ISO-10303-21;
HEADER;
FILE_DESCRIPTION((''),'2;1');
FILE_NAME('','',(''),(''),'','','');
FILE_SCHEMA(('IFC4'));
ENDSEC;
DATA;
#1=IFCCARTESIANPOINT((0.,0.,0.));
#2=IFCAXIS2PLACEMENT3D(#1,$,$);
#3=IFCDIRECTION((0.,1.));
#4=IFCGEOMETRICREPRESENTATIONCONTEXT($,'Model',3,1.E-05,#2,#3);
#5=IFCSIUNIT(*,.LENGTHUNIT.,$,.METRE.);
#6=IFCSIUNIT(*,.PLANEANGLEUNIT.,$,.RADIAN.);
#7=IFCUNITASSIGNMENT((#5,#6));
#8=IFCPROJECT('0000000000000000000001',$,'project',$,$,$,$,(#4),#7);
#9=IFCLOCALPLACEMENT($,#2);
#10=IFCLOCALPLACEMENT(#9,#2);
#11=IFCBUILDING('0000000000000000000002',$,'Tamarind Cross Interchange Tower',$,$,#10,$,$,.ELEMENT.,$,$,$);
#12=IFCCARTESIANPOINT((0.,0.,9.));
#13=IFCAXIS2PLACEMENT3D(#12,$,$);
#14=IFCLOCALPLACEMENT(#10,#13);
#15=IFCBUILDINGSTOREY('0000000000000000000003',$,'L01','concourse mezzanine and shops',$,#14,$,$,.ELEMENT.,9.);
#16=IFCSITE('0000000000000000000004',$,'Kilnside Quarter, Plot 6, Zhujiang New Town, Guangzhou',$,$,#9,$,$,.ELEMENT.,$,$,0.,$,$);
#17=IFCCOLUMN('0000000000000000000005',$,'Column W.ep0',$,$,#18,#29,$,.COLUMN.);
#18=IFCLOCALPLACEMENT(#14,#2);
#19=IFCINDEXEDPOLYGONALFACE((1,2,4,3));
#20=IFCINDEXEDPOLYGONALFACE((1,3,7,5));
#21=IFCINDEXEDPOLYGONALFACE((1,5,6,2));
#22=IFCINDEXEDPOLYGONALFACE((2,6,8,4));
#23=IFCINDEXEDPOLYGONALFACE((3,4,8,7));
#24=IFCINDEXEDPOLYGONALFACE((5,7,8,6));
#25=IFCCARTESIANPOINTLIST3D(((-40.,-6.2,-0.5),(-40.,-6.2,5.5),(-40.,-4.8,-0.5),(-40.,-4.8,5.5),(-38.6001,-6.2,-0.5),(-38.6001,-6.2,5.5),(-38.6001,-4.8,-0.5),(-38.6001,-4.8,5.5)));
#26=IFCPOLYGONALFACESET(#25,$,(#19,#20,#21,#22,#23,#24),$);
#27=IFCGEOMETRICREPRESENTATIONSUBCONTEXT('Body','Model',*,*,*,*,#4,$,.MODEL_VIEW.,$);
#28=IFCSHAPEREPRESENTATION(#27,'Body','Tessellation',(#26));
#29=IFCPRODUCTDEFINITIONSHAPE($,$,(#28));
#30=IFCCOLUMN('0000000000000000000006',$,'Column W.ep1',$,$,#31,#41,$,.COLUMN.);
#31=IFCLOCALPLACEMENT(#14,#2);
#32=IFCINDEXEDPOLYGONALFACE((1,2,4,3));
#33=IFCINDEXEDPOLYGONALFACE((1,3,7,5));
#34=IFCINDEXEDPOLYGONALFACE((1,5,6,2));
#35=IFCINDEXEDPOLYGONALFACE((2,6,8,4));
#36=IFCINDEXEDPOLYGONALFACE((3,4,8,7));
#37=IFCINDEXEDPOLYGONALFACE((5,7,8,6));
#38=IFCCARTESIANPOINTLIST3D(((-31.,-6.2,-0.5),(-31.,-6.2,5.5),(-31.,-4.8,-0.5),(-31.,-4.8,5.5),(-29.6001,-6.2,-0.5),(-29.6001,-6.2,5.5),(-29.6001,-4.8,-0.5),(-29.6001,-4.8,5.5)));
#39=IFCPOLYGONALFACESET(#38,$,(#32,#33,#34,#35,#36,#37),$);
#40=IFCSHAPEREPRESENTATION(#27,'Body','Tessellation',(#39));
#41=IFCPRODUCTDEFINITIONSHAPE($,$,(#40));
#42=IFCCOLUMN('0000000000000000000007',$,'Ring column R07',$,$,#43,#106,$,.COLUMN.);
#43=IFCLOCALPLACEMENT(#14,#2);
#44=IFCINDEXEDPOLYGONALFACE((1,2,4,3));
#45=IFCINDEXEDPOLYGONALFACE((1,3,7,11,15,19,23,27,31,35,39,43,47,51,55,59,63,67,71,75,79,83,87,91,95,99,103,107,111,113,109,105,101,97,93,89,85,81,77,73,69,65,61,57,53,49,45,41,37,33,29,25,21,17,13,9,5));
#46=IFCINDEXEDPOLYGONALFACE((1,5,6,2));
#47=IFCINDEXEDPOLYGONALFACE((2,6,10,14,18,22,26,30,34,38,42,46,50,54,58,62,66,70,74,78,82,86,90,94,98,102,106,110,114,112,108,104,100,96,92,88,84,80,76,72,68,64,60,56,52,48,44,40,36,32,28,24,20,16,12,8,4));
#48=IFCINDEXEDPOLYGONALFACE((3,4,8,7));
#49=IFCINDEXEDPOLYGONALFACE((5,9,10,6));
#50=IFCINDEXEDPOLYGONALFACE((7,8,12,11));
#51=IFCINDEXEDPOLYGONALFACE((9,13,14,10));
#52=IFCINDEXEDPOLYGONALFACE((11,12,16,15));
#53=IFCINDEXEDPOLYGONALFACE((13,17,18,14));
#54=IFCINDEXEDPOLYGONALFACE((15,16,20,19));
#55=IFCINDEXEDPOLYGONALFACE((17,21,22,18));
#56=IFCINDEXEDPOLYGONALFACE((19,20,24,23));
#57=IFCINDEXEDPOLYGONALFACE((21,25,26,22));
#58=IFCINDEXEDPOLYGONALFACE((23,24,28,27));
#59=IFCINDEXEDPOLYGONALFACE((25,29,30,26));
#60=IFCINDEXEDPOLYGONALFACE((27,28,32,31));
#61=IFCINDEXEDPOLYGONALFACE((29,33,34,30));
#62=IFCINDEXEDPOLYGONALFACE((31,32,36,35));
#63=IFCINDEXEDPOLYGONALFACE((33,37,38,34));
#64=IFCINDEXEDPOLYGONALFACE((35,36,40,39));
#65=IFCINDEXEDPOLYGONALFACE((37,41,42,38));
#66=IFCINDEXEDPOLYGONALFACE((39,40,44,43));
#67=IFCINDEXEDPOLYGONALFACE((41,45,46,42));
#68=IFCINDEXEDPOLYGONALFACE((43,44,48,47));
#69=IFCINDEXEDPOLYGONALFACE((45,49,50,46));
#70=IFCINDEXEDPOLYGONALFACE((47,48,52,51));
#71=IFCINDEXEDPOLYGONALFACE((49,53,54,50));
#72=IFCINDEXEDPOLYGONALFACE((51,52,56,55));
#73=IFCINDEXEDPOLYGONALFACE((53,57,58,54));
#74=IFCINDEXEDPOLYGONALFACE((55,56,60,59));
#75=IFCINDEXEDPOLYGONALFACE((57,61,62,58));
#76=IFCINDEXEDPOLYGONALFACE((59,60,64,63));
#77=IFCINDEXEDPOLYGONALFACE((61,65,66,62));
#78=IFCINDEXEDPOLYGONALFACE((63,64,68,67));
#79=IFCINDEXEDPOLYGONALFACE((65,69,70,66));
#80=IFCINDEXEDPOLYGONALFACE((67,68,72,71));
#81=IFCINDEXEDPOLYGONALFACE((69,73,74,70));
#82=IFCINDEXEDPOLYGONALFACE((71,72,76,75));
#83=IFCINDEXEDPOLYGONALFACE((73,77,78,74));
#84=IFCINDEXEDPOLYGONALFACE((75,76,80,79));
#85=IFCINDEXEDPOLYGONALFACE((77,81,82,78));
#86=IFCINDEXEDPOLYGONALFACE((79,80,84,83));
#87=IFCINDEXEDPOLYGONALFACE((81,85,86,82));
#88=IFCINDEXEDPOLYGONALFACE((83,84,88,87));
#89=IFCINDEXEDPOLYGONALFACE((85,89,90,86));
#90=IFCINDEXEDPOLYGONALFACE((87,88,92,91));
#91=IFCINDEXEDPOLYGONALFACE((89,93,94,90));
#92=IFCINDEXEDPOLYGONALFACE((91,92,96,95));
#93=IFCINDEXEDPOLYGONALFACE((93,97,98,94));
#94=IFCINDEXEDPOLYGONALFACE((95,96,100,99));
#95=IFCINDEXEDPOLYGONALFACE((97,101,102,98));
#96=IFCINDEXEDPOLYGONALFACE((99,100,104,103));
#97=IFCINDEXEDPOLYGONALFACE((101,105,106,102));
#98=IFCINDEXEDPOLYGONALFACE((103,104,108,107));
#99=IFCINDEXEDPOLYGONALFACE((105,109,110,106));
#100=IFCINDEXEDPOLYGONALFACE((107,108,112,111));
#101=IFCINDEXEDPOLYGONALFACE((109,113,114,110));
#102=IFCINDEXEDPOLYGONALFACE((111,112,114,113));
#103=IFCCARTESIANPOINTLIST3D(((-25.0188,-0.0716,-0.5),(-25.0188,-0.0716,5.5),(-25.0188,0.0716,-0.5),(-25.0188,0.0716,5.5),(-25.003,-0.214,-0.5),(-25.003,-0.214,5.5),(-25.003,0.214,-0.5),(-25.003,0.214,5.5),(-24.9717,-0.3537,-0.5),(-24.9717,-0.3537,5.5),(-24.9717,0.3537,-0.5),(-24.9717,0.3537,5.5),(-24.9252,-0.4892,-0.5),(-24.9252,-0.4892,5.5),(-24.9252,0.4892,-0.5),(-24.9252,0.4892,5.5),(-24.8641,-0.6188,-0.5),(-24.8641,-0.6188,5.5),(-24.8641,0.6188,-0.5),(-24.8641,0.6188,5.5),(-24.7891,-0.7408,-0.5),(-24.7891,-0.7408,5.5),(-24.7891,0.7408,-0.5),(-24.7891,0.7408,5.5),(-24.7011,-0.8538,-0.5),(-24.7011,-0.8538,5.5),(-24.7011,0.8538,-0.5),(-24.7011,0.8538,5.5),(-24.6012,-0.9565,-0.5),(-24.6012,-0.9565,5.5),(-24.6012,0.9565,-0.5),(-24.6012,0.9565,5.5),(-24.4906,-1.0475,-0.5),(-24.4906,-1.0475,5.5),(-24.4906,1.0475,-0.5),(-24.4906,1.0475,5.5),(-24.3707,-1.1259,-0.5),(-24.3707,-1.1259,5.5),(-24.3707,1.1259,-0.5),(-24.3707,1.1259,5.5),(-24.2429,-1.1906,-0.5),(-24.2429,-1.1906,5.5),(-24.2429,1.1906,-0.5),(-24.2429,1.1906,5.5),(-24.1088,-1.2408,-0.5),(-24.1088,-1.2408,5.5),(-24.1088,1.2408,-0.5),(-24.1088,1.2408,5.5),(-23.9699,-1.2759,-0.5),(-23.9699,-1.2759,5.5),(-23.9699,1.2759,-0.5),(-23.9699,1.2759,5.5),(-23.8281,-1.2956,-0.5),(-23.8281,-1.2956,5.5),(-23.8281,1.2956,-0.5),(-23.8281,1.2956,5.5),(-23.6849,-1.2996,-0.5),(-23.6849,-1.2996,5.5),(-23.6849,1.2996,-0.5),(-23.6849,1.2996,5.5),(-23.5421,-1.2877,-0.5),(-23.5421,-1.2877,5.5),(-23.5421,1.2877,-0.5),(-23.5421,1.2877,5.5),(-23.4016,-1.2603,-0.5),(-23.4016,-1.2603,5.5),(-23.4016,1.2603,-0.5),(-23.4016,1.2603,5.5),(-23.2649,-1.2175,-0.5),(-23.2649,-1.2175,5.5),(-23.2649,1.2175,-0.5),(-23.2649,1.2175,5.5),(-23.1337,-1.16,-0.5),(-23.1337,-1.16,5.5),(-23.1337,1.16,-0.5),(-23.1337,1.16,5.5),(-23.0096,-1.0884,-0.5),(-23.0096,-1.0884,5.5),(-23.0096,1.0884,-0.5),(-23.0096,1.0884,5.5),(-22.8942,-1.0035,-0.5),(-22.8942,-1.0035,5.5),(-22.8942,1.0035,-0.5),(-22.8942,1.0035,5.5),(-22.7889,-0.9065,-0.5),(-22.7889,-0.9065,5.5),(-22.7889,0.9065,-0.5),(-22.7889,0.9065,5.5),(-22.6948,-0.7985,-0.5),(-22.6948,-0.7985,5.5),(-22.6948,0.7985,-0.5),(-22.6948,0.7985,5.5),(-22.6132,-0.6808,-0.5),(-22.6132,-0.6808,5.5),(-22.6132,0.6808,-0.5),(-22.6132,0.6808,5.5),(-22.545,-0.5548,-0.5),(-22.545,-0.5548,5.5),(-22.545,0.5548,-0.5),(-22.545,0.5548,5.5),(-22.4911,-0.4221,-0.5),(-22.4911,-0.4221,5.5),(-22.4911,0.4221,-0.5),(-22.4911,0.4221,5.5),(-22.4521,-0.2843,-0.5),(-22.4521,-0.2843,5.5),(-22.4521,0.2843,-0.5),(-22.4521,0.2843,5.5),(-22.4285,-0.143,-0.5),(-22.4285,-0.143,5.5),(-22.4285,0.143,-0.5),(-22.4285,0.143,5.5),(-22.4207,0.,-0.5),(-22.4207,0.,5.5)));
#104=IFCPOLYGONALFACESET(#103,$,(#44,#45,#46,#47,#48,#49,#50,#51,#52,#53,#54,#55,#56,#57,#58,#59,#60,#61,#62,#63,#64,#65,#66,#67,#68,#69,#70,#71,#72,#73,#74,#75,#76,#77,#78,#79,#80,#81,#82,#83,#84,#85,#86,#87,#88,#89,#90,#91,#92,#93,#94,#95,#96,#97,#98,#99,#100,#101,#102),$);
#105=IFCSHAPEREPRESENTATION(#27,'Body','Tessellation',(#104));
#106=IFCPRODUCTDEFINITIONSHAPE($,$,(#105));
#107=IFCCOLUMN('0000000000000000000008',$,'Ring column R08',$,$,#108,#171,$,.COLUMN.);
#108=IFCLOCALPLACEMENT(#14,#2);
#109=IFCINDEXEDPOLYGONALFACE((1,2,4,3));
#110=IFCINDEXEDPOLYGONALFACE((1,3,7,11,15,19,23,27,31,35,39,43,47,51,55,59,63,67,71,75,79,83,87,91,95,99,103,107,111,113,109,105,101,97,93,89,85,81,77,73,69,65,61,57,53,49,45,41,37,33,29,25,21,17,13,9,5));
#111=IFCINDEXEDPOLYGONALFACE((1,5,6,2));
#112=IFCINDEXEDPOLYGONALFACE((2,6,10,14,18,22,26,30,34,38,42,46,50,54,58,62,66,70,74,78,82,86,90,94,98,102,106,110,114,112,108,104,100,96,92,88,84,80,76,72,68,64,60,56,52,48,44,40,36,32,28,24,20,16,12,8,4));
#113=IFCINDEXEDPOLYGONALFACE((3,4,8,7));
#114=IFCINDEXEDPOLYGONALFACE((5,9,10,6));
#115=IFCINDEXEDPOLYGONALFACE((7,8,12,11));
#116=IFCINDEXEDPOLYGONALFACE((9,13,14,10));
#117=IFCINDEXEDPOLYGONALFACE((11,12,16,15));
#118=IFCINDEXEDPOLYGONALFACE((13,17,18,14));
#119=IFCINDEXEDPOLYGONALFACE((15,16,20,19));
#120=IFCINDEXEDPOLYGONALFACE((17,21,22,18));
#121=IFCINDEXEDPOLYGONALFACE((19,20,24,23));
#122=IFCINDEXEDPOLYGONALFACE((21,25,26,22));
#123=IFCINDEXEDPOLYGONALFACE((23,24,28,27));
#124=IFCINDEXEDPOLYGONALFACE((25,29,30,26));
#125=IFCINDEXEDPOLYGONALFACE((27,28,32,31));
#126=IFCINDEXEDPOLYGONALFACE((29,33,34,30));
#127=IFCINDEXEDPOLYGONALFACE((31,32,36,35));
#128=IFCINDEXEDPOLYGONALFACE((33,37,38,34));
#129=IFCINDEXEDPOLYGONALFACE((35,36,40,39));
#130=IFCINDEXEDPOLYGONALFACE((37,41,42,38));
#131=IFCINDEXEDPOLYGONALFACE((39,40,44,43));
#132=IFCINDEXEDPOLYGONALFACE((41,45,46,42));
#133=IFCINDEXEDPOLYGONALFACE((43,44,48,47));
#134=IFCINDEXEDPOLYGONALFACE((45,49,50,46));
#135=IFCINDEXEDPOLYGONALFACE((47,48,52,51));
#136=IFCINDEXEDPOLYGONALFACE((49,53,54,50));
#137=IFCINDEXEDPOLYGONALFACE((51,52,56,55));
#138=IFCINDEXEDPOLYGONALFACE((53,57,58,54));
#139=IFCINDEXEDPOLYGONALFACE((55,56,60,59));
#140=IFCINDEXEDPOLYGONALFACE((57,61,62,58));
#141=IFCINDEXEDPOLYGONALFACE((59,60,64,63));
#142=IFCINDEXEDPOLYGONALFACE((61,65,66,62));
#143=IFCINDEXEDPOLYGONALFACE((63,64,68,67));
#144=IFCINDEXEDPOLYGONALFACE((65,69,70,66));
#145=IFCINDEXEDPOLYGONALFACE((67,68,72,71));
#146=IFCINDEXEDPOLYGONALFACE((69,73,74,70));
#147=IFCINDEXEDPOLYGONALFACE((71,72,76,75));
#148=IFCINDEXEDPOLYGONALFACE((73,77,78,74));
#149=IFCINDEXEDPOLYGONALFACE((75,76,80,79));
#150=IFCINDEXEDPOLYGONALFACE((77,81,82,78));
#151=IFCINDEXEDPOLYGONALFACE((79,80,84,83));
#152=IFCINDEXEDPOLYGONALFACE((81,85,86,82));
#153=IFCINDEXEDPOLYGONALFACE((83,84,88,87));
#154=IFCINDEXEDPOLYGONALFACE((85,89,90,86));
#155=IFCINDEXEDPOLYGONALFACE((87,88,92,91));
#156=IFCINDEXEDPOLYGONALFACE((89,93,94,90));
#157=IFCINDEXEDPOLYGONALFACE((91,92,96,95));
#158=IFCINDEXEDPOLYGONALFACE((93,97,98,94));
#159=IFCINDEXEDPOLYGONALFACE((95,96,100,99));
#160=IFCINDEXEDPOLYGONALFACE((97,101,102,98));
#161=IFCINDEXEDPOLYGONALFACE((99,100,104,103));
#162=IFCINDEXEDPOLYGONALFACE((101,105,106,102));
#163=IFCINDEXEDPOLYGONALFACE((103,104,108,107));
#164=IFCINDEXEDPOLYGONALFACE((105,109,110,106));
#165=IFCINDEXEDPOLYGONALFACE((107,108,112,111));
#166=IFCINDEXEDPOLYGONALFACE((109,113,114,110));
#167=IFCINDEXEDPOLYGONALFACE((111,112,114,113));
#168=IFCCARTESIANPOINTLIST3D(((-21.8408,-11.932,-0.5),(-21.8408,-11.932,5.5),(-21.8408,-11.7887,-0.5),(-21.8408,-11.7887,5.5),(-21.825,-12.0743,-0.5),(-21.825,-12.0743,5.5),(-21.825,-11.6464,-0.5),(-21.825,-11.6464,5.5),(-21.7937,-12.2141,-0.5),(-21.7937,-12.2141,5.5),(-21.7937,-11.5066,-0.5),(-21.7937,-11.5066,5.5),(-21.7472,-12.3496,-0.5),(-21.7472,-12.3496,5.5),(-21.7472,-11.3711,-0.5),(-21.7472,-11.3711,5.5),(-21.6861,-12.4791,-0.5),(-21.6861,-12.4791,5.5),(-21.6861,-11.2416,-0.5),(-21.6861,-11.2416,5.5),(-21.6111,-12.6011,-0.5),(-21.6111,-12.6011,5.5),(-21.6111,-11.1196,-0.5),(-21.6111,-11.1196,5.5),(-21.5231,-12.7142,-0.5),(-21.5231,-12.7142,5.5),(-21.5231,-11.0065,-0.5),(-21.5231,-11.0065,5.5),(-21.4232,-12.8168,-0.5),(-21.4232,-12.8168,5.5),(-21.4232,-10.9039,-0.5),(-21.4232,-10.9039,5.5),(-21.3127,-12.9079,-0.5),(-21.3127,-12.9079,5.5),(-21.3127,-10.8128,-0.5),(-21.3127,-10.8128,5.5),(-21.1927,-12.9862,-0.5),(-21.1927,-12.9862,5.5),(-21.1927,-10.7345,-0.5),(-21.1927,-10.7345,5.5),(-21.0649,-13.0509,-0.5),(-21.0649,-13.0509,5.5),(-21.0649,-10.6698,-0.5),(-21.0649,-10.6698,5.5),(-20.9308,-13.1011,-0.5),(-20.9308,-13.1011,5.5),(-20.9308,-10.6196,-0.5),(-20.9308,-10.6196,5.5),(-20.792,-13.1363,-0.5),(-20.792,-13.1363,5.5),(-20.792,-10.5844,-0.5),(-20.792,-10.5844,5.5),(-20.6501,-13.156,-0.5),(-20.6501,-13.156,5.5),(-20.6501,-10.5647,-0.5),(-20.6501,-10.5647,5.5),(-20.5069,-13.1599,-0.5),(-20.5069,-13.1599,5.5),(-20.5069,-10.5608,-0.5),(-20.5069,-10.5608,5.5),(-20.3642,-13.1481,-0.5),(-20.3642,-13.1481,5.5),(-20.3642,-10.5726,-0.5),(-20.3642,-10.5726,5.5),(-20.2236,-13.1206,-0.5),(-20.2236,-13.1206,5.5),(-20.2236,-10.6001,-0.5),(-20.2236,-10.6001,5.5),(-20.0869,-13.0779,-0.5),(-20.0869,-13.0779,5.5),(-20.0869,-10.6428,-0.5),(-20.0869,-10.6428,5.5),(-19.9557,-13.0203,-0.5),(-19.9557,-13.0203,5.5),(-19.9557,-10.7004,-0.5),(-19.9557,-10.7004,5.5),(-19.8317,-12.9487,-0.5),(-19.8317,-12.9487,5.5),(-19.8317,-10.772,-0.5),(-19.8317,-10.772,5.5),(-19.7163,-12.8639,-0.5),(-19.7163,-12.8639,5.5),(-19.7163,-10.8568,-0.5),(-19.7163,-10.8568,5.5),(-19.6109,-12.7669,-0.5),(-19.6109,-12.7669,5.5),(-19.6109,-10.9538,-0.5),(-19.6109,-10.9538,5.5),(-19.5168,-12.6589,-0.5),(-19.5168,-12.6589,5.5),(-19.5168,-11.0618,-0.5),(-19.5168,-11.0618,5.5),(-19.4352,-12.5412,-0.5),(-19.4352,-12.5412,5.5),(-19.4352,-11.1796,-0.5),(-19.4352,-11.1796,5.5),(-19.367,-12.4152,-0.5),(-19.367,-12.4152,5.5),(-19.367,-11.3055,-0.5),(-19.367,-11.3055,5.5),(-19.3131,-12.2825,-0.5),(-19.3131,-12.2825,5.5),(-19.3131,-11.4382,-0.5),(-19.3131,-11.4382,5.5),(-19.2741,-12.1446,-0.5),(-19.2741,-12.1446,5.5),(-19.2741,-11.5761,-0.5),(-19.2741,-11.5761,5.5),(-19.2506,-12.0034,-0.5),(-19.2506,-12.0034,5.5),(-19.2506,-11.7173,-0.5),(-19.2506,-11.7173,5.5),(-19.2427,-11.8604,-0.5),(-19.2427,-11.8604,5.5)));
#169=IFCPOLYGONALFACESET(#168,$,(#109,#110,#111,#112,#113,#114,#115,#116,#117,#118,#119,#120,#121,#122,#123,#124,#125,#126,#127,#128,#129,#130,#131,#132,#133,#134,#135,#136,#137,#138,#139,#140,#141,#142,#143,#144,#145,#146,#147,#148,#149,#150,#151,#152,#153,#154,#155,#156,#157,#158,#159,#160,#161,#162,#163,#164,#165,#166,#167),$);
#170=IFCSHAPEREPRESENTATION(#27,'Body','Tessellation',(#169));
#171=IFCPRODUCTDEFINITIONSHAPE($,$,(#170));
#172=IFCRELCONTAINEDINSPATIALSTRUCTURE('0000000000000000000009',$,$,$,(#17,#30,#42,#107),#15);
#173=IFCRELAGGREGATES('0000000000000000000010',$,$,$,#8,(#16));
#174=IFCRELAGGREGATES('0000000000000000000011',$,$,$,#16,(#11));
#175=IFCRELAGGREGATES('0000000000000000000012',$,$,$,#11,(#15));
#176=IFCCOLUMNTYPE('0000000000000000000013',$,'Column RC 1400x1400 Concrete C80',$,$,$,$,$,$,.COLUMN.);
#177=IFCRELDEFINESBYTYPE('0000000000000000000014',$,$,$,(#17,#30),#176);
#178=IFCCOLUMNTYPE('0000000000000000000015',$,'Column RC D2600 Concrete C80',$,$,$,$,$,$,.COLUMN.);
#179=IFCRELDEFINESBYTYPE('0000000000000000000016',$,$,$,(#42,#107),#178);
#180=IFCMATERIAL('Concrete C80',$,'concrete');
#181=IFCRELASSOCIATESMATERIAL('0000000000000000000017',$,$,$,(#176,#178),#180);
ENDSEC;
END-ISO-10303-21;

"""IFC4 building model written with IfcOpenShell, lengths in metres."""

from ifc_helpers import new_model, si_unit, direction, frame, origin, origin_2d, place, context, subcontext, project, spatial, rectangle, circle, extrude, material, material_profile, profile_set, type_object, element, save


model = new_model("IFC4")

# Units and contexts
model_context = context("Model", 3, precision=1e-05, world=origin(), true_north=direction((0.0, 1.0)))
body_context = subcontext(model_context, "Body", "Model", "MODEL_VIEW")
ifc_project = project(units=[si_unit("LENGTHUNIT", "METRE"), si_unit("PLANEANGLEUNIT", "RADIAN")], contexts=[model_context])

# Site, building, storey
site_placement = place(None, origin())
site = spatial("IfcSite", under=ifc_project, at=site_placement, Name="Kilnside Quarter, Plot 6, Zhujiang New Town, Guangzhou", CompositionType="ELEMENT", RefElevation=0.0)
building_placement = place(site_placement, origin())
building = spatial("IfcBuilding", under=site, at=building_placement, Name="Tamarind Cross Interchange Tower", CompositionType="ELEMENT")
storey_placement = place(building_placement, frame((0.0, 0.0, 9.0)))
storey = spatial("IfcBuildingStorey", under=building, at=storey_placement, Name="L01", Description="concourse mezzanine and shops", CompositionType="ELEMENT", Elevation=9.0)

# Columns
ifc_material_1 = material(Name="Concrete C80", Category="concrete")
ifc_material_profile_1 = material_profile(ifc_material_1, rectangle(XDim=1.3999, YDim=1.3999, at=origin_2d()), Name="RC 1400x1400")
ifc_profile_set_1 = profile_set([ifc_material_profile_1], Name="Concrete C80")
column_type_1 = type_object("IfcColumnType", Name="Column RC 1400x1400 Concrete C80", PredefinedType="COLUMN", material=ifc_profile_set_1)
for number, where, z_axis, x_axis, name in (
    (1, (-39.3, -5.5, -0.5), (0.0, 0.0, 1.0), (1.0, 0.0, 0.0), "Column W.ep0"),
    (2, (-30.3, -5.5, -0.5), (0.0, 0.0, 1.0), (1.0, 0.0, 0.0), "Column W.ep1"),
):
    element("IfcColumn", number, at=place(storey_placement, frame(where, z_axis=z_axis, x_axis=x_axis)), inside=storey, type_object=column_type_1, Name=name, PredefinedType="COLUMN", context=body_context, shape_type="SweptSolid", body=[
        extrude(rectangle(XDim=1.3999, YDim=1.3999, at=origin_2d()), origin(), (0.0, 0.0, 1.0), 6.0),
    ])
ifc_material_profile_2 = material_profile(ifc_material_1, circle(Radius=1.3, at=origin_2d()), Name="RC D2600")
ifc_profile_set_2 = profile_set([ifc_material_profile_2], Name="Concrete C80")
column_type_2 = type_object("IfcColumnType", Name="Column RC D2600 Concrete C80", PredefinedType="COLUMN", material=ifc_profile_set_2)
for number, where, z_axis, x_axis, name in (
    (3, (-23.7207, 0.0, -0.5), (0.0, 0.0, 1.0), (1.0, 0.0, 0.0), "Ring column R07"),
    (4, (-20.5427, -11.8604, -0.5), (0.0, 0.0, 1.0), (1.0, 0.0, 0.0), "Ring column R08"),
):
    element("IfcColumn", number, at=place(storey_placement, frame(where, z_axis=z_axis, x_axis=x_axis)), inside=storey, type_object=column_type_2, Name=name, PredefinedType="COLUMN", context=body_context, shape_type="SweptSolid", body=[
        extrude(circle(Radius=1.3, at=origin_2d()), origin(), (0.0, 0.0, 1.0), 6.0),
    ])

save(model, "model.ifc")
